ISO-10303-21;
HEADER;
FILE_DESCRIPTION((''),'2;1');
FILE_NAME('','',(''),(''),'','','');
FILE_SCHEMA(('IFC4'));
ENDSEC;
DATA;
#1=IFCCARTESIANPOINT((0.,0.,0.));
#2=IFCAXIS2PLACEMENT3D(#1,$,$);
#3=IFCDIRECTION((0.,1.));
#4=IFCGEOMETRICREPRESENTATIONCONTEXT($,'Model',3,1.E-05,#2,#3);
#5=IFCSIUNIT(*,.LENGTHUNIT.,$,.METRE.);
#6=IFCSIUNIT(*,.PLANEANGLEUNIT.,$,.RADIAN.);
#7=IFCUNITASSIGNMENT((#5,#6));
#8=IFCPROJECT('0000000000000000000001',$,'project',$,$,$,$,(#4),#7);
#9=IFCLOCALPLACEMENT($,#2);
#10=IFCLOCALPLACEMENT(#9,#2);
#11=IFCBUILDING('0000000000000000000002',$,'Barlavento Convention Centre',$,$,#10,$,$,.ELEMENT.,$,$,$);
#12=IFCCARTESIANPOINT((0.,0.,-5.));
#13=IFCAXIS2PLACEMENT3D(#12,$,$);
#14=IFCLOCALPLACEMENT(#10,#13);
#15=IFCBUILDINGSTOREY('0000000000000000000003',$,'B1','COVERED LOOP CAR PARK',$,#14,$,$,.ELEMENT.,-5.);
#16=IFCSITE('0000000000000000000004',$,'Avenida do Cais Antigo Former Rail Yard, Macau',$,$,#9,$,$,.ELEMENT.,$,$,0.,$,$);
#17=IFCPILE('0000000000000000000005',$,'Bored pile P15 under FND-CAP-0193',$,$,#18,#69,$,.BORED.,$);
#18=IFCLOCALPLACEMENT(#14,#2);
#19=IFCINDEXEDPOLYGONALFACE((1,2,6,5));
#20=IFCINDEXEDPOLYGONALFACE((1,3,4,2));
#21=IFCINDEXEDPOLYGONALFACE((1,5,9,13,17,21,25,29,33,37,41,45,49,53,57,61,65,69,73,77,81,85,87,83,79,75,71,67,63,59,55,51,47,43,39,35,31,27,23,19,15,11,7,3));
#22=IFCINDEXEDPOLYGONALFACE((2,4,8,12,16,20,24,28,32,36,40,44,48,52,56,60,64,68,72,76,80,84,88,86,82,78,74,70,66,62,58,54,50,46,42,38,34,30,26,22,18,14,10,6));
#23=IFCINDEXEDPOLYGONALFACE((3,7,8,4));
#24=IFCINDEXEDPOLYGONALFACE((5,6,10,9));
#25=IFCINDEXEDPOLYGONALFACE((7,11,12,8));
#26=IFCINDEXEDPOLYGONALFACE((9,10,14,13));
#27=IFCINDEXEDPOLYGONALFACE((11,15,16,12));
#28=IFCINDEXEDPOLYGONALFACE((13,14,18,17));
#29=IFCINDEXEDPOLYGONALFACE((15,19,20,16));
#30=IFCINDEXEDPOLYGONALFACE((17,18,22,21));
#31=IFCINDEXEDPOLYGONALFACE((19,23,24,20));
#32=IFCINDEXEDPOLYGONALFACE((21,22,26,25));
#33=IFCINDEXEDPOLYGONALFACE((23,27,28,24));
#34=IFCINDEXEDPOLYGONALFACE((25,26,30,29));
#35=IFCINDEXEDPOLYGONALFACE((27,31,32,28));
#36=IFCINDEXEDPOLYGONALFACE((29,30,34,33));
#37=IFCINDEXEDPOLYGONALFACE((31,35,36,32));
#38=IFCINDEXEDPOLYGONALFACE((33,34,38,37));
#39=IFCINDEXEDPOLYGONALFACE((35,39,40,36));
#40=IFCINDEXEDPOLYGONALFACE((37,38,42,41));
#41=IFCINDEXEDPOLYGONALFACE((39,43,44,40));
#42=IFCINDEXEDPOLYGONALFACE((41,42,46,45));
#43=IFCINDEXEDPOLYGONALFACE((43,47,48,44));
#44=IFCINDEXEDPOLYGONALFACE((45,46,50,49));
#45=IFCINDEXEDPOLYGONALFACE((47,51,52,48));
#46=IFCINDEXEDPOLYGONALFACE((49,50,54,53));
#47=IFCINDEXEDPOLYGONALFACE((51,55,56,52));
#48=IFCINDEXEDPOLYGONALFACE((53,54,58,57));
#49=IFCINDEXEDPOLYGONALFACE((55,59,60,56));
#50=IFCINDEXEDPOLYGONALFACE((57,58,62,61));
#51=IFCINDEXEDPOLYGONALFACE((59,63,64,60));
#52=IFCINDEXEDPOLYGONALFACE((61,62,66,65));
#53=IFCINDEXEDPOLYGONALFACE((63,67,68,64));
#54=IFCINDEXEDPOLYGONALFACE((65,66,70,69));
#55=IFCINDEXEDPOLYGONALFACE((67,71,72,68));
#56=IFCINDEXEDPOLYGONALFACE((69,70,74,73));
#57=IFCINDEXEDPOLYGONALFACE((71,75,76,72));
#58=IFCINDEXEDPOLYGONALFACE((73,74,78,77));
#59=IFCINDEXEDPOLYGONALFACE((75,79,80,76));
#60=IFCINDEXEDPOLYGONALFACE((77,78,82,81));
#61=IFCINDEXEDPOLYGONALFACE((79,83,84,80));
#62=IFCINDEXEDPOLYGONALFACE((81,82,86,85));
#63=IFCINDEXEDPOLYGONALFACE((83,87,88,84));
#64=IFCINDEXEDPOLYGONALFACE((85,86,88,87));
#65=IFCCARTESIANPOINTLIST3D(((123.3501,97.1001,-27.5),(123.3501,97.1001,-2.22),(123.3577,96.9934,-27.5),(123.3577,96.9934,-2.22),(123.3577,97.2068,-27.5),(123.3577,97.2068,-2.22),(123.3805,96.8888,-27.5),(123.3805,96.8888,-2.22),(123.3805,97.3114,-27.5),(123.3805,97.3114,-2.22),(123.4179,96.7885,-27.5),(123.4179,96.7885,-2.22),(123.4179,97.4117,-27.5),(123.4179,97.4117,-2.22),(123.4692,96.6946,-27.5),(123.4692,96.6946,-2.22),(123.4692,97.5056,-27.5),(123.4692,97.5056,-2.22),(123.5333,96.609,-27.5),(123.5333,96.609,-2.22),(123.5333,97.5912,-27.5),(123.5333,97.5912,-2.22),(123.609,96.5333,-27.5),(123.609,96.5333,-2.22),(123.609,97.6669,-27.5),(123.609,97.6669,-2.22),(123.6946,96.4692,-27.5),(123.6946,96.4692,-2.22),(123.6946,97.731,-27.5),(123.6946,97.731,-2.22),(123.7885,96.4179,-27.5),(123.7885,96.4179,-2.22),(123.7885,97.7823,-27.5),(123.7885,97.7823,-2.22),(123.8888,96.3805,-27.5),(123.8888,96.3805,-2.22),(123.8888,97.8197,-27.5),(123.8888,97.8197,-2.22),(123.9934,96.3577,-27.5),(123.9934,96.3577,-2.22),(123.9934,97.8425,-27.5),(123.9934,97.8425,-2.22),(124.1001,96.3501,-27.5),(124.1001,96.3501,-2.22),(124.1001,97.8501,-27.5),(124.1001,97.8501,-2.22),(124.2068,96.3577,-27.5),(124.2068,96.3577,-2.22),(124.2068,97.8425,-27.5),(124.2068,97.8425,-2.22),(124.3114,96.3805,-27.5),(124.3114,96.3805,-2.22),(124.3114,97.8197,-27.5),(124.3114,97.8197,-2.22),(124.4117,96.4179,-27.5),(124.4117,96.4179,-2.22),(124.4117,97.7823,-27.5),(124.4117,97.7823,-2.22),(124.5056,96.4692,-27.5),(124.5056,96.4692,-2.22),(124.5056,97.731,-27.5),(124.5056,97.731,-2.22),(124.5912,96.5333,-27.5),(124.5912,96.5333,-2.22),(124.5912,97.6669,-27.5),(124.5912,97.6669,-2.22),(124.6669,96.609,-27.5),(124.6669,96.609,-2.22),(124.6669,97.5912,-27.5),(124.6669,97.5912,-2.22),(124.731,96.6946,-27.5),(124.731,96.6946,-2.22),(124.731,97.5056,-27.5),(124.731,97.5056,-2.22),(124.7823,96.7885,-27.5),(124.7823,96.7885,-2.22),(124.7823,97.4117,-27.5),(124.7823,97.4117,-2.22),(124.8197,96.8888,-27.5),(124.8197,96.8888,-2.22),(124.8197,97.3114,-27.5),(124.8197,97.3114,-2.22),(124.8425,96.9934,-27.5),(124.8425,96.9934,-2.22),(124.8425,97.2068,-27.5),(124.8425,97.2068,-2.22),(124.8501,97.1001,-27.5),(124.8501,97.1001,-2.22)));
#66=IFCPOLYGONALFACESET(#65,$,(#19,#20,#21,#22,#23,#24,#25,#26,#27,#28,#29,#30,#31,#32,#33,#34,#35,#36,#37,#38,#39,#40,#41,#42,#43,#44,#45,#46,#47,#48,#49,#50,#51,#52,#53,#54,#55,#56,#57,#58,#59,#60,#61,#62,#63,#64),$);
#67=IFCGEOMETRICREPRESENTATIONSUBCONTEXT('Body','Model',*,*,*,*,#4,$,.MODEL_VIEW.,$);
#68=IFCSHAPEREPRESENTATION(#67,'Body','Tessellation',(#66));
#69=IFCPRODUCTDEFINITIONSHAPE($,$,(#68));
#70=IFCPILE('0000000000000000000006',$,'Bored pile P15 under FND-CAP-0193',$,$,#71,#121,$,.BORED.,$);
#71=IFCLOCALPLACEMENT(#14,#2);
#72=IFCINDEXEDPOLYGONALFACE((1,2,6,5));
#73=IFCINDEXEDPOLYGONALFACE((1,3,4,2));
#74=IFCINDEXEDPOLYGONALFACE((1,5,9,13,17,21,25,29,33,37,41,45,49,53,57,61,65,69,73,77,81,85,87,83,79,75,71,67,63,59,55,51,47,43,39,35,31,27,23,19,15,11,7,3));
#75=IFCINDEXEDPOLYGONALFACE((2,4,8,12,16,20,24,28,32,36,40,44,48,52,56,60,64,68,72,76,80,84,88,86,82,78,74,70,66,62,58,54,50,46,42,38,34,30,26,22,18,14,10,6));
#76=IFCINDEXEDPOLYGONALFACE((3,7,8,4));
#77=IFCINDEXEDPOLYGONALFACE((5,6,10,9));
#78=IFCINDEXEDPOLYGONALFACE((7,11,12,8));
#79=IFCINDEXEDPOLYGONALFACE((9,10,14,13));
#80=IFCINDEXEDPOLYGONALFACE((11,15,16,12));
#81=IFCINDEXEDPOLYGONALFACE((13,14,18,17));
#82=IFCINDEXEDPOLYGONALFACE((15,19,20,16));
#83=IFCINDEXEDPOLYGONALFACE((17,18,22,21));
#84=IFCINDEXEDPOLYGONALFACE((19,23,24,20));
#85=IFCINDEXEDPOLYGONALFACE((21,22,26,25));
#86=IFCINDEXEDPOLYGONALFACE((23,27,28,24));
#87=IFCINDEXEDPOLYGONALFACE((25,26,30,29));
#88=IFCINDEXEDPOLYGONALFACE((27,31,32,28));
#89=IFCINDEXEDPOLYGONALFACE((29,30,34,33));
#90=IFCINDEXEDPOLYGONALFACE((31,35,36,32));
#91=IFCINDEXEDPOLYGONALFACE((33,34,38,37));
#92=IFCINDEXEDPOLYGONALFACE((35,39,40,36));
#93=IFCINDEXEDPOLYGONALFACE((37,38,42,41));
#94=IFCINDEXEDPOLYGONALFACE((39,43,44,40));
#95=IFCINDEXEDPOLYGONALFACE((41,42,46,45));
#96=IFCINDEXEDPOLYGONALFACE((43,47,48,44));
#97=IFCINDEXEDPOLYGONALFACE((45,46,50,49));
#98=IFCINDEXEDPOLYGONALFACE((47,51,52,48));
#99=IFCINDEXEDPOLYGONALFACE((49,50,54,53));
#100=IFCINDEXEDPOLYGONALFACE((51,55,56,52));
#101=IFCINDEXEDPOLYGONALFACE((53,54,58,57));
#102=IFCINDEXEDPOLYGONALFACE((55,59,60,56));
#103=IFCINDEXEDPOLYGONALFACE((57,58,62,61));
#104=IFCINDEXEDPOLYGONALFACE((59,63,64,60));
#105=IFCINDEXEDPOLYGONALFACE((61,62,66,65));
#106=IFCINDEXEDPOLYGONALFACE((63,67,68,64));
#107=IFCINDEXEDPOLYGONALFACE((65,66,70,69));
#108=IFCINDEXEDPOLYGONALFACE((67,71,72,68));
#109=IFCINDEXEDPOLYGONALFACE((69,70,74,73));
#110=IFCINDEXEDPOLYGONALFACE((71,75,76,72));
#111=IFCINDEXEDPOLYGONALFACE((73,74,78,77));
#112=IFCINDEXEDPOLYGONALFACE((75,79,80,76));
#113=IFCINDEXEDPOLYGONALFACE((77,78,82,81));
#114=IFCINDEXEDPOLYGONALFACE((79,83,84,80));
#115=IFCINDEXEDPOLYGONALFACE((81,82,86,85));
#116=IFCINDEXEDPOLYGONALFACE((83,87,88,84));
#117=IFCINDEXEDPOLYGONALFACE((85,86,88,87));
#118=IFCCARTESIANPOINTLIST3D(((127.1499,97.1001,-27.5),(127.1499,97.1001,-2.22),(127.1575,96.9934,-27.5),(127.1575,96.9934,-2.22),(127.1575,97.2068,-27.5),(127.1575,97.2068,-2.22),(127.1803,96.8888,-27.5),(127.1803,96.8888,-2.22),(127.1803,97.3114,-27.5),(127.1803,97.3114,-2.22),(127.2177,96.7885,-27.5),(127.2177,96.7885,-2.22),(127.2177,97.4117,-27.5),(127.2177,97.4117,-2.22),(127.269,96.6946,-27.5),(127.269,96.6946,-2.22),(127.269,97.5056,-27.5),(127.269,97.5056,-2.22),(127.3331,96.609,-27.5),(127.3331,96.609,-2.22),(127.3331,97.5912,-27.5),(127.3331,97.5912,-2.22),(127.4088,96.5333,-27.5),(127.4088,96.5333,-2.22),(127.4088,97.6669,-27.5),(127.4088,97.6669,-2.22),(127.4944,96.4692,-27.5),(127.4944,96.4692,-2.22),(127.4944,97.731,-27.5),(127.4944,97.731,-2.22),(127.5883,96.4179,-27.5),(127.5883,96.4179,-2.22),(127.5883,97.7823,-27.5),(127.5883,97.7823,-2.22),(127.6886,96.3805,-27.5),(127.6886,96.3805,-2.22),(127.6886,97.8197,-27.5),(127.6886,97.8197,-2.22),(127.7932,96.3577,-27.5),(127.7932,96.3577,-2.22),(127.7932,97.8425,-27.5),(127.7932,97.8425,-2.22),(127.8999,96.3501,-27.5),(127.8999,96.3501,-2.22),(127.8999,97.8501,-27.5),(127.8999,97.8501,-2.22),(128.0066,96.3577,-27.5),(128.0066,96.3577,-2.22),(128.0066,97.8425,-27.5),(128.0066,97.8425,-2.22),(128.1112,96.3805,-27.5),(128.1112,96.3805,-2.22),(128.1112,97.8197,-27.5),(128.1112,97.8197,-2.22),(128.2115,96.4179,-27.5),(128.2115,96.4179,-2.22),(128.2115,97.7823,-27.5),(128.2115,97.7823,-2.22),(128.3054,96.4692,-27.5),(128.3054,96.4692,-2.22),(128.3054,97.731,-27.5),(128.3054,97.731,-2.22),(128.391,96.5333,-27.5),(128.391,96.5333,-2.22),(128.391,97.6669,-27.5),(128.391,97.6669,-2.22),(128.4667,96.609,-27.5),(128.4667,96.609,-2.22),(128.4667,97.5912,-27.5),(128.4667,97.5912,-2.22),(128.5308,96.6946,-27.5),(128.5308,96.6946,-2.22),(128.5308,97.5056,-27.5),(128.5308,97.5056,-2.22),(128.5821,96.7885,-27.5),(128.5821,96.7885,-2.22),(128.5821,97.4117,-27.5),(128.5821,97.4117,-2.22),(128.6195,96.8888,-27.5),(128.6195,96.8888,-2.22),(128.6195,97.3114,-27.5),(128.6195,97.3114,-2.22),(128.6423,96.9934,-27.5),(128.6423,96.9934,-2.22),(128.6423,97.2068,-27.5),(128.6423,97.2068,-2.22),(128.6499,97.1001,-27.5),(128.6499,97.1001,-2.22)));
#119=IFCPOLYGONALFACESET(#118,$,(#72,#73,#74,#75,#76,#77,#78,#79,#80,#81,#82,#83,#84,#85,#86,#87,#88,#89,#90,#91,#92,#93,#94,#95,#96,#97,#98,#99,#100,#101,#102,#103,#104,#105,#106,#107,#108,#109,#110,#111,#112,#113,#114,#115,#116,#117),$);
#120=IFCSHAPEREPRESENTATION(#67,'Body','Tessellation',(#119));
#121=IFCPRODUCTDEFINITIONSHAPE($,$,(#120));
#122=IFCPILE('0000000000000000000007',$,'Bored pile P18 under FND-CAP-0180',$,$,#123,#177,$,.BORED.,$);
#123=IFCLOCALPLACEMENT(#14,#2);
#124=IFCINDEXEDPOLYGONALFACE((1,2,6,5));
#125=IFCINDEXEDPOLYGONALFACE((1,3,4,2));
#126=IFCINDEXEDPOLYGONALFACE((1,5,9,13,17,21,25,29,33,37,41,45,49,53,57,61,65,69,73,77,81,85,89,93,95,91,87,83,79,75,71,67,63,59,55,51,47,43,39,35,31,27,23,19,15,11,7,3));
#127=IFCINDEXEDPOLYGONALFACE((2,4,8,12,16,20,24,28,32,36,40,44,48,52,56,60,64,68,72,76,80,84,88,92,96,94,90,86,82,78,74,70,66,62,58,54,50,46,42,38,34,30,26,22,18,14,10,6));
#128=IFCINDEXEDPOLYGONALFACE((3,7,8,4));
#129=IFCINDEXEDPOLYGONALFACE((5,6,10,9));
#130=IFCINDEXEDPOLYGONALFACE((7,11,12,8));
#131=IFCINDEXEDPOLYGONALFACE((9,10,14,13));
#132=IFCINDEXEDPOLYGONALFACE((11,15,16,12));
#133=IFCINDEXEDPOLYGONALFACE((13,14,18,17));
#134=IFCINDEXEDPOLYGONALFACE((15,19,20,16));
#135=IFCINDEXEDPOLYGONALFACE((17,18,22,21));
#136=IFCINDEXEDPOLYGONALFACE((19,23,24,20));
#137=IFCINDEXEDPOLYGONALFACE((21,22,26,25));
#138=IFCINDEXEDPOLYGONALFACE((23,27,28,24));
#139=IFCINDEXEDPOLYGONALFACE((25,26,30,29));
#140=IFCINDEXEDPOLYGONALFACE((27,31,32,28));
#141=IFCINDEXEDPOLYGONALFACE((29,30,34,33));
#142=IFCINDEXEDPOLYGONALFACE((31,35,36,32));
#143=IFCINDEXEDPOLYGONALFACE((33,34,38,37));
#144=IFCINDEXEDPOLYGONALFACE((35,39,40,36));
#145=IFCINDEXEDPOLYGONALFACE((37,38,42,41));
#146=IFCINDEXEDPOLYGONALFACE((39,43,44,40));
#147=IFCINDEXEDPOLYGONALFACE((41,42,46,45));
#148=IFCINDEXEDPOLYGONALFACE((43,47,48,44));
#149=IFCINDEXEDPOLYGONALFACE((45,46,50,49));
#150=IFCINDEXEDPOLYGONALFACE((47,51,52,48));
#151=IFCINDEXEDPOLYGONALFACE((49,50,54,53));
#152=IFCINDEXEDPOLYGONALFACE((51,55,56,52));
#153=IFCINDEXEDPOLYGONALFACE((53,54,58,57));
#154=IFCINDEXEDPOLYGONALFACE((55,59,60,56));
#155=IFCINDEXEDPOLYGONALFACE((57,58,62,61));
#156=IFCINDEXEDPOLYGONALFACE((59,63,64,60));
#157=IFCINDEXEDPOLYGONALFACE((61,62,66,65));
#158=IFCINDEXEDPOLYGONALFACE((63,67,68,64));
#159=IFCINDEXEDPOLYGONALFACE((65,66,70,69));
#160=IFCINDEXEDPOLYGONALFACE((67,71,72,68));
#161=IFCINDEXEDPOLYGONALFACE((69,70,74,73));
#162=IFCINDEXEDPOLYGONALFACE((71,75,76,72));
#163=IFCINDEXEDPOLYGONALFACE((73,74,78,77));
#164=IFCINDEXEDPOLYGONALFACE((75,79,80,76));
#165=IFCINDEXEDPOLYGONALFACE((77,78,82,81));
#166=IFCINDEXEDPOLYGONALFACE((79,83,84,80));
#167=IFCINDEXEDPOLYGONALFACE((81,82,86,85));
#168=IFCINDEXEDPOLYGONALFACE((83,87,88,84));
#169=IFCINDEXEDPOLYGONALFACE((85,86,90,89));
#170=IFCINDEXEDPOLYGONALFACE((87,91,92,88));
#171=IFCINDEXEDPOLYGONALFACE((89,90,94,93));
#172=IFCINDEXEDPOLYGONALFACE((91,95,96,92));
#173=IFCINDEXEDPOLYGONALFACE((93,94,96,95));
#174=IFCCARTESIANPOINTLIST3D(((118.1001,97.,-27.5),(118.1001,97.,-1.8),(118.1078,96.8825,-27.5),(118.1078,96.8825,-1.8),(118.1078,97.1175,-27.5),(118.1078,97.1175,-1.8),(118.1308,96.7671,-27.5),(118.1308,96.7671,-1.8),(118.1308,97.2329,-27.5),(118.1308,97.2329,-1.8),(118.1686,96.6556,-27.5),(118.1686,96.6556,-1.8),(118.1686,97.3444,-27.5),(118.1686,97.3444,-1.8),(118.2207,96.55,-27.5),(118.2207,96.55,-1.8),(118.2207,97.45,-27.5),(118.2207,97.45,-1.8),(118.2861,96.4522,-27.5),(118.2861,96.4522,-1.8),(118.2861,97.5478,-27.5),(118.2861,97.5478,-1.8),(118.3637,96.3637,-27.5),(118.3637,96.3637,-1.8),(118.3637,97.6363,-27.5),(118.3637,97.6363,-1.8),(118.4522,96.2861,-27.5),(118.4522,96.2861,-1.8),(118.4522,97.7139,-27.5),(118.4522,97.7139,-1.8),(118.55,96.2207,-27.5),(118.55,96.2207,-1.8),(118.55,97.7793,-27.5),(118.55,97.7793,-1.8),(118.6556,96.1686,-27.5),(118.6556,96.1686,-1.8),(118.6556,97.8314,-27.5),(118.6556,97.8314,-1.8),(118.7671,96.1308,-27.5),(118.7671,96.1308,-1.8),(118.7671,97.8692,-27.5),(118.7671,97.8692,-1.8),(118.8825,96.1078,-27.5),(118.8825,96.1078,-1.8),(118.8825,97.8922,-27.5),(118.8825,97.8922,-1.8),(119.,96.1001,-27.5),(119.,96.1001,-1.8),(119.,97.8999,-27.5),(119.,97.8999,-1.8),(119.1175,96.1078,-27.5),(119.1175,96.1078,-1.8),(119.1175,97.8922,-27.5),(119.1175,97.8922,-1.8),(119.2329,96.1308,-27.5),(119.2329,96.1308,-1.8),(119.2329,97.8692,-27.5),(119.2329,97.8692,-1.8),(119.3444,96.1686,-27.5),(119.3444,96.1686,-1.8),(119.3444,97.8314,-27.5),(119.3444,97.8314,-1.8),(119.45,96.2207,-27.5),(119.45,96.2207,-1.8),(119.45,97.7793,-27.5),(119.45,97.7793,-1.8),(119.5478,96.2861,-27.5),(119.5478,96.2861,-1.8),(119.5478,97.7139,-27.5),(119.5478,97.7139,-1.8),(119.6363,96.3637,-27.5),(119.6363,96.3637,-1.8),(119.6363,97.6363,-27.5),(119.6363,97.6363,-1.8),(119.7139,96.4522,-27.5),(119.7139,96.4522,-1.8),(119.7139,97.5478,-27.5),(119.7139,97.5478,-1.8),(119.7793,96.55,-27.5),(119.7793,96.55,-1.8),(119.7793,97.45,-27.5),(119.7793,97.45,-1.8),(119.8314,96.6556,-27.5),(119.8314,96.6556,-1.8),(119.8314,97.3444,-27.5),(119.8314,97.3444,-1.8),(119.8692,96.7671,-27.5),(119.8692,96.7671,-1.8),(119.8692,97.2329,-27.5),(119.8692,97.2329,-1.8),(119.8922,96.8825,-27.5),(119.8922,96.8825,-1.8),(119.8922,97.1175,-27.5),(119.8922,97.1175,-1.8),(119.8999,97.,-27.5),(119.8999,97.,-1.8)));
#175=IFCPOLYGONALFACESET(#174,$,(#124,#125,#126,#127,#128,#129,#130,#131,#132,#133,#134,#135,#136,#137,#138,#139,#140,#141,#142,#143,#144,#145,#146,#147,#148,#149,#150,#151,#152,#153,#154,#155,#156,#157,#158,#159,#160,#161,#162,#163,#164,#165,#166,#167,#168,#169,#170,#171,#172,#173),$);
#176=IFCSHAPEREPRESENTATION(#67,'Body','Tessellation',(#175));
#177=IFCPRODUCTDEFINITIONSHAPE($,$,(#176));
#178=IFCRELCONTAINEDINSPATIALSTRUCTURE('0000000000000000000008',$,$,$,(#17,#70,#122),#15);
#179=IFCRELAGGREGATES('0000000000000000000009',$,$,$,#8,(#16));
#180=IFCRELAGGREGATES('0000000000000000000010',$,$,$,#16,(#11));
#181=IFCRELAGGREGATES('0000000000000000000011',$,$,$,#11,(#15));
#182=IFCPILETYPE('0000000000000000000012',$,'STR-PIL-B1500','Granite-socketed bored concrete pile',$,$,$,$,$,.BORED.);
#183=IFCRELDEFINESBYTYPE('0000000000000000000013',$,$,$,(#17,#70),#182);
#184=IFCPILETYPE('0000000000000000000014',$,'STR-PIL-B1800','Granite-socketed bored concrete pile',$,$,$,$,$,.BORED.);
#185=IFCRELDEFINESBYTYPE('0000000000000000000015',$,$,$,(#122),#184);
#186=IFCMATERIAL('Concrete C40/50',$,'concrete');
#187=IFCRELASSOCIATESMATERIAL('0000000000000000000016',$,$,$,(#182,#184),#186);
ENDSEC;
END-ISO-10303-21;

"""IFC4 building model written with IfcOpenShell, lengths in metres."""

from ifc_helpers import new_model, si_unit, direction, frame, origin, origin_2d, place, context, subcontext, project, spatial, circle, extrude, material, material_profile, profile_set, type_object, element, save


model = new_model("IFC4")

# Units and contexts
model_context = context("Model", 3, precision=1e-05, world=origin(), true_north=direction((0.0, 1.0)))
body_context = subcontext(model_context, "Body", "Model", "MODEL_VIEW")
ifc_project = project(units=[si_unit("LENGTHUNIT", "METRE"), si_unit("PLANEANGLEUNIT", "RADIAN")], contexts=[model_context])

# Site, building, storey
site_placement = place(None, origin())
site = spatial("IfcSite", under=ifc_project, at=site_placement, Name="Avenida do Cais Antigo Former Rail Yard, Macau", CompositionType="ELEMENT", RefElevation=0.0)
building_placement = place(site_placement, origin())
building = spatial("IfcBuilding", under=site, at=building_placement, Name="Barlavento Convention Centre", CompositionType="ELEMENT")
storey_placement = place(building_placement, frame((0.0, 0.0, -5.0)))
storey = spatial("IfcBuildingStorey", under=building, at=storey_placement, Name="B1", Description="COVERED LOOP CAR PARK", CompositionType="ELEMENT", Elevation=-5.0)

# Shared definitions
ifc_material_1 = material(Name="Concrete C40/50", Category="concrete")

# Piles
ifc_material_profile_1 = material_profile(ifc_material_1, circle(Radius=0.75, at=origin_2d()), Name="BORED PILE 1500")
ifc_profile_set_1 = profile_set([ifc_material_profile_1], Name="Concrete C40/50")
pile_type_1 = type_object("IfcPileType", Name="STR-PIL-B1500", Description="Granite-socketed bored concrete pile", PredefinedType="BORED", material=ifc_profile_set_1)
for number, where, z_axis, x_axis, name in (
    (1, (124.1001, 97.1001, -2.22), (0.0, 0.0, -1.0), (1.0, 0.0, 0.0), "Bored pile P15 under FND-CAP-0193"),
    (2, (127.8999, 97.1001, -2.22), (0.0, 0.0, -1.0), (1.0, 0.0, 0.0), "Bored pile P15 under FND-CAP-0193"),
):
    element("IfcPile", number, at=place(storey_placement, frame(where, z_axis=z_axis, x_axis=x_axis)), inside=storey, type_object=pile_type_1, Name=name, PredefinedType="BORED", context=body_context, shape_type="SweptSolid", body=[
        extrude(circle(Radius=0.75, at=origin_2d()), origin(), (0.0, 0.0, 1.0), 25.28),
    ])
ifc_material_profile_2 = material_profile(ifc_material_1, circle(Radius=0.8999, at=origin_2d()), Name="BORED PILE 1800")
ifc_profile_set_2 = profile_set([ifc_material_profile_2], Name="Concrete C40/50")
pile_type_2 = type_object("IfcPileType", Name="STR-PIL-B1800", Description="Granite-socketed bored concrete pile", PredefinedType="BORED", material=ifc_profile_set_2)
pile_1_placement = place(storey_placement, frame((119.0, 97.0, -1.8), z_axis=(0.0, 0.0, -1.0), x_axis=(1.0, 0.0, 0.0)))
element("IfcPile", 3, at=pile_1_placement, inside=storey, type_object=pile_type_2, Name="Bored pile P18 under FND-CAP-0180", PredefinedType="BORED", context=body_context, shape_type="SweptSolid", body=[
    extrude(circle(Radius=0.8999, at=origin_2d()), origin(), (0.0, 0.0, 1.0), 25.7),
])

save(model, "model.ifc")
